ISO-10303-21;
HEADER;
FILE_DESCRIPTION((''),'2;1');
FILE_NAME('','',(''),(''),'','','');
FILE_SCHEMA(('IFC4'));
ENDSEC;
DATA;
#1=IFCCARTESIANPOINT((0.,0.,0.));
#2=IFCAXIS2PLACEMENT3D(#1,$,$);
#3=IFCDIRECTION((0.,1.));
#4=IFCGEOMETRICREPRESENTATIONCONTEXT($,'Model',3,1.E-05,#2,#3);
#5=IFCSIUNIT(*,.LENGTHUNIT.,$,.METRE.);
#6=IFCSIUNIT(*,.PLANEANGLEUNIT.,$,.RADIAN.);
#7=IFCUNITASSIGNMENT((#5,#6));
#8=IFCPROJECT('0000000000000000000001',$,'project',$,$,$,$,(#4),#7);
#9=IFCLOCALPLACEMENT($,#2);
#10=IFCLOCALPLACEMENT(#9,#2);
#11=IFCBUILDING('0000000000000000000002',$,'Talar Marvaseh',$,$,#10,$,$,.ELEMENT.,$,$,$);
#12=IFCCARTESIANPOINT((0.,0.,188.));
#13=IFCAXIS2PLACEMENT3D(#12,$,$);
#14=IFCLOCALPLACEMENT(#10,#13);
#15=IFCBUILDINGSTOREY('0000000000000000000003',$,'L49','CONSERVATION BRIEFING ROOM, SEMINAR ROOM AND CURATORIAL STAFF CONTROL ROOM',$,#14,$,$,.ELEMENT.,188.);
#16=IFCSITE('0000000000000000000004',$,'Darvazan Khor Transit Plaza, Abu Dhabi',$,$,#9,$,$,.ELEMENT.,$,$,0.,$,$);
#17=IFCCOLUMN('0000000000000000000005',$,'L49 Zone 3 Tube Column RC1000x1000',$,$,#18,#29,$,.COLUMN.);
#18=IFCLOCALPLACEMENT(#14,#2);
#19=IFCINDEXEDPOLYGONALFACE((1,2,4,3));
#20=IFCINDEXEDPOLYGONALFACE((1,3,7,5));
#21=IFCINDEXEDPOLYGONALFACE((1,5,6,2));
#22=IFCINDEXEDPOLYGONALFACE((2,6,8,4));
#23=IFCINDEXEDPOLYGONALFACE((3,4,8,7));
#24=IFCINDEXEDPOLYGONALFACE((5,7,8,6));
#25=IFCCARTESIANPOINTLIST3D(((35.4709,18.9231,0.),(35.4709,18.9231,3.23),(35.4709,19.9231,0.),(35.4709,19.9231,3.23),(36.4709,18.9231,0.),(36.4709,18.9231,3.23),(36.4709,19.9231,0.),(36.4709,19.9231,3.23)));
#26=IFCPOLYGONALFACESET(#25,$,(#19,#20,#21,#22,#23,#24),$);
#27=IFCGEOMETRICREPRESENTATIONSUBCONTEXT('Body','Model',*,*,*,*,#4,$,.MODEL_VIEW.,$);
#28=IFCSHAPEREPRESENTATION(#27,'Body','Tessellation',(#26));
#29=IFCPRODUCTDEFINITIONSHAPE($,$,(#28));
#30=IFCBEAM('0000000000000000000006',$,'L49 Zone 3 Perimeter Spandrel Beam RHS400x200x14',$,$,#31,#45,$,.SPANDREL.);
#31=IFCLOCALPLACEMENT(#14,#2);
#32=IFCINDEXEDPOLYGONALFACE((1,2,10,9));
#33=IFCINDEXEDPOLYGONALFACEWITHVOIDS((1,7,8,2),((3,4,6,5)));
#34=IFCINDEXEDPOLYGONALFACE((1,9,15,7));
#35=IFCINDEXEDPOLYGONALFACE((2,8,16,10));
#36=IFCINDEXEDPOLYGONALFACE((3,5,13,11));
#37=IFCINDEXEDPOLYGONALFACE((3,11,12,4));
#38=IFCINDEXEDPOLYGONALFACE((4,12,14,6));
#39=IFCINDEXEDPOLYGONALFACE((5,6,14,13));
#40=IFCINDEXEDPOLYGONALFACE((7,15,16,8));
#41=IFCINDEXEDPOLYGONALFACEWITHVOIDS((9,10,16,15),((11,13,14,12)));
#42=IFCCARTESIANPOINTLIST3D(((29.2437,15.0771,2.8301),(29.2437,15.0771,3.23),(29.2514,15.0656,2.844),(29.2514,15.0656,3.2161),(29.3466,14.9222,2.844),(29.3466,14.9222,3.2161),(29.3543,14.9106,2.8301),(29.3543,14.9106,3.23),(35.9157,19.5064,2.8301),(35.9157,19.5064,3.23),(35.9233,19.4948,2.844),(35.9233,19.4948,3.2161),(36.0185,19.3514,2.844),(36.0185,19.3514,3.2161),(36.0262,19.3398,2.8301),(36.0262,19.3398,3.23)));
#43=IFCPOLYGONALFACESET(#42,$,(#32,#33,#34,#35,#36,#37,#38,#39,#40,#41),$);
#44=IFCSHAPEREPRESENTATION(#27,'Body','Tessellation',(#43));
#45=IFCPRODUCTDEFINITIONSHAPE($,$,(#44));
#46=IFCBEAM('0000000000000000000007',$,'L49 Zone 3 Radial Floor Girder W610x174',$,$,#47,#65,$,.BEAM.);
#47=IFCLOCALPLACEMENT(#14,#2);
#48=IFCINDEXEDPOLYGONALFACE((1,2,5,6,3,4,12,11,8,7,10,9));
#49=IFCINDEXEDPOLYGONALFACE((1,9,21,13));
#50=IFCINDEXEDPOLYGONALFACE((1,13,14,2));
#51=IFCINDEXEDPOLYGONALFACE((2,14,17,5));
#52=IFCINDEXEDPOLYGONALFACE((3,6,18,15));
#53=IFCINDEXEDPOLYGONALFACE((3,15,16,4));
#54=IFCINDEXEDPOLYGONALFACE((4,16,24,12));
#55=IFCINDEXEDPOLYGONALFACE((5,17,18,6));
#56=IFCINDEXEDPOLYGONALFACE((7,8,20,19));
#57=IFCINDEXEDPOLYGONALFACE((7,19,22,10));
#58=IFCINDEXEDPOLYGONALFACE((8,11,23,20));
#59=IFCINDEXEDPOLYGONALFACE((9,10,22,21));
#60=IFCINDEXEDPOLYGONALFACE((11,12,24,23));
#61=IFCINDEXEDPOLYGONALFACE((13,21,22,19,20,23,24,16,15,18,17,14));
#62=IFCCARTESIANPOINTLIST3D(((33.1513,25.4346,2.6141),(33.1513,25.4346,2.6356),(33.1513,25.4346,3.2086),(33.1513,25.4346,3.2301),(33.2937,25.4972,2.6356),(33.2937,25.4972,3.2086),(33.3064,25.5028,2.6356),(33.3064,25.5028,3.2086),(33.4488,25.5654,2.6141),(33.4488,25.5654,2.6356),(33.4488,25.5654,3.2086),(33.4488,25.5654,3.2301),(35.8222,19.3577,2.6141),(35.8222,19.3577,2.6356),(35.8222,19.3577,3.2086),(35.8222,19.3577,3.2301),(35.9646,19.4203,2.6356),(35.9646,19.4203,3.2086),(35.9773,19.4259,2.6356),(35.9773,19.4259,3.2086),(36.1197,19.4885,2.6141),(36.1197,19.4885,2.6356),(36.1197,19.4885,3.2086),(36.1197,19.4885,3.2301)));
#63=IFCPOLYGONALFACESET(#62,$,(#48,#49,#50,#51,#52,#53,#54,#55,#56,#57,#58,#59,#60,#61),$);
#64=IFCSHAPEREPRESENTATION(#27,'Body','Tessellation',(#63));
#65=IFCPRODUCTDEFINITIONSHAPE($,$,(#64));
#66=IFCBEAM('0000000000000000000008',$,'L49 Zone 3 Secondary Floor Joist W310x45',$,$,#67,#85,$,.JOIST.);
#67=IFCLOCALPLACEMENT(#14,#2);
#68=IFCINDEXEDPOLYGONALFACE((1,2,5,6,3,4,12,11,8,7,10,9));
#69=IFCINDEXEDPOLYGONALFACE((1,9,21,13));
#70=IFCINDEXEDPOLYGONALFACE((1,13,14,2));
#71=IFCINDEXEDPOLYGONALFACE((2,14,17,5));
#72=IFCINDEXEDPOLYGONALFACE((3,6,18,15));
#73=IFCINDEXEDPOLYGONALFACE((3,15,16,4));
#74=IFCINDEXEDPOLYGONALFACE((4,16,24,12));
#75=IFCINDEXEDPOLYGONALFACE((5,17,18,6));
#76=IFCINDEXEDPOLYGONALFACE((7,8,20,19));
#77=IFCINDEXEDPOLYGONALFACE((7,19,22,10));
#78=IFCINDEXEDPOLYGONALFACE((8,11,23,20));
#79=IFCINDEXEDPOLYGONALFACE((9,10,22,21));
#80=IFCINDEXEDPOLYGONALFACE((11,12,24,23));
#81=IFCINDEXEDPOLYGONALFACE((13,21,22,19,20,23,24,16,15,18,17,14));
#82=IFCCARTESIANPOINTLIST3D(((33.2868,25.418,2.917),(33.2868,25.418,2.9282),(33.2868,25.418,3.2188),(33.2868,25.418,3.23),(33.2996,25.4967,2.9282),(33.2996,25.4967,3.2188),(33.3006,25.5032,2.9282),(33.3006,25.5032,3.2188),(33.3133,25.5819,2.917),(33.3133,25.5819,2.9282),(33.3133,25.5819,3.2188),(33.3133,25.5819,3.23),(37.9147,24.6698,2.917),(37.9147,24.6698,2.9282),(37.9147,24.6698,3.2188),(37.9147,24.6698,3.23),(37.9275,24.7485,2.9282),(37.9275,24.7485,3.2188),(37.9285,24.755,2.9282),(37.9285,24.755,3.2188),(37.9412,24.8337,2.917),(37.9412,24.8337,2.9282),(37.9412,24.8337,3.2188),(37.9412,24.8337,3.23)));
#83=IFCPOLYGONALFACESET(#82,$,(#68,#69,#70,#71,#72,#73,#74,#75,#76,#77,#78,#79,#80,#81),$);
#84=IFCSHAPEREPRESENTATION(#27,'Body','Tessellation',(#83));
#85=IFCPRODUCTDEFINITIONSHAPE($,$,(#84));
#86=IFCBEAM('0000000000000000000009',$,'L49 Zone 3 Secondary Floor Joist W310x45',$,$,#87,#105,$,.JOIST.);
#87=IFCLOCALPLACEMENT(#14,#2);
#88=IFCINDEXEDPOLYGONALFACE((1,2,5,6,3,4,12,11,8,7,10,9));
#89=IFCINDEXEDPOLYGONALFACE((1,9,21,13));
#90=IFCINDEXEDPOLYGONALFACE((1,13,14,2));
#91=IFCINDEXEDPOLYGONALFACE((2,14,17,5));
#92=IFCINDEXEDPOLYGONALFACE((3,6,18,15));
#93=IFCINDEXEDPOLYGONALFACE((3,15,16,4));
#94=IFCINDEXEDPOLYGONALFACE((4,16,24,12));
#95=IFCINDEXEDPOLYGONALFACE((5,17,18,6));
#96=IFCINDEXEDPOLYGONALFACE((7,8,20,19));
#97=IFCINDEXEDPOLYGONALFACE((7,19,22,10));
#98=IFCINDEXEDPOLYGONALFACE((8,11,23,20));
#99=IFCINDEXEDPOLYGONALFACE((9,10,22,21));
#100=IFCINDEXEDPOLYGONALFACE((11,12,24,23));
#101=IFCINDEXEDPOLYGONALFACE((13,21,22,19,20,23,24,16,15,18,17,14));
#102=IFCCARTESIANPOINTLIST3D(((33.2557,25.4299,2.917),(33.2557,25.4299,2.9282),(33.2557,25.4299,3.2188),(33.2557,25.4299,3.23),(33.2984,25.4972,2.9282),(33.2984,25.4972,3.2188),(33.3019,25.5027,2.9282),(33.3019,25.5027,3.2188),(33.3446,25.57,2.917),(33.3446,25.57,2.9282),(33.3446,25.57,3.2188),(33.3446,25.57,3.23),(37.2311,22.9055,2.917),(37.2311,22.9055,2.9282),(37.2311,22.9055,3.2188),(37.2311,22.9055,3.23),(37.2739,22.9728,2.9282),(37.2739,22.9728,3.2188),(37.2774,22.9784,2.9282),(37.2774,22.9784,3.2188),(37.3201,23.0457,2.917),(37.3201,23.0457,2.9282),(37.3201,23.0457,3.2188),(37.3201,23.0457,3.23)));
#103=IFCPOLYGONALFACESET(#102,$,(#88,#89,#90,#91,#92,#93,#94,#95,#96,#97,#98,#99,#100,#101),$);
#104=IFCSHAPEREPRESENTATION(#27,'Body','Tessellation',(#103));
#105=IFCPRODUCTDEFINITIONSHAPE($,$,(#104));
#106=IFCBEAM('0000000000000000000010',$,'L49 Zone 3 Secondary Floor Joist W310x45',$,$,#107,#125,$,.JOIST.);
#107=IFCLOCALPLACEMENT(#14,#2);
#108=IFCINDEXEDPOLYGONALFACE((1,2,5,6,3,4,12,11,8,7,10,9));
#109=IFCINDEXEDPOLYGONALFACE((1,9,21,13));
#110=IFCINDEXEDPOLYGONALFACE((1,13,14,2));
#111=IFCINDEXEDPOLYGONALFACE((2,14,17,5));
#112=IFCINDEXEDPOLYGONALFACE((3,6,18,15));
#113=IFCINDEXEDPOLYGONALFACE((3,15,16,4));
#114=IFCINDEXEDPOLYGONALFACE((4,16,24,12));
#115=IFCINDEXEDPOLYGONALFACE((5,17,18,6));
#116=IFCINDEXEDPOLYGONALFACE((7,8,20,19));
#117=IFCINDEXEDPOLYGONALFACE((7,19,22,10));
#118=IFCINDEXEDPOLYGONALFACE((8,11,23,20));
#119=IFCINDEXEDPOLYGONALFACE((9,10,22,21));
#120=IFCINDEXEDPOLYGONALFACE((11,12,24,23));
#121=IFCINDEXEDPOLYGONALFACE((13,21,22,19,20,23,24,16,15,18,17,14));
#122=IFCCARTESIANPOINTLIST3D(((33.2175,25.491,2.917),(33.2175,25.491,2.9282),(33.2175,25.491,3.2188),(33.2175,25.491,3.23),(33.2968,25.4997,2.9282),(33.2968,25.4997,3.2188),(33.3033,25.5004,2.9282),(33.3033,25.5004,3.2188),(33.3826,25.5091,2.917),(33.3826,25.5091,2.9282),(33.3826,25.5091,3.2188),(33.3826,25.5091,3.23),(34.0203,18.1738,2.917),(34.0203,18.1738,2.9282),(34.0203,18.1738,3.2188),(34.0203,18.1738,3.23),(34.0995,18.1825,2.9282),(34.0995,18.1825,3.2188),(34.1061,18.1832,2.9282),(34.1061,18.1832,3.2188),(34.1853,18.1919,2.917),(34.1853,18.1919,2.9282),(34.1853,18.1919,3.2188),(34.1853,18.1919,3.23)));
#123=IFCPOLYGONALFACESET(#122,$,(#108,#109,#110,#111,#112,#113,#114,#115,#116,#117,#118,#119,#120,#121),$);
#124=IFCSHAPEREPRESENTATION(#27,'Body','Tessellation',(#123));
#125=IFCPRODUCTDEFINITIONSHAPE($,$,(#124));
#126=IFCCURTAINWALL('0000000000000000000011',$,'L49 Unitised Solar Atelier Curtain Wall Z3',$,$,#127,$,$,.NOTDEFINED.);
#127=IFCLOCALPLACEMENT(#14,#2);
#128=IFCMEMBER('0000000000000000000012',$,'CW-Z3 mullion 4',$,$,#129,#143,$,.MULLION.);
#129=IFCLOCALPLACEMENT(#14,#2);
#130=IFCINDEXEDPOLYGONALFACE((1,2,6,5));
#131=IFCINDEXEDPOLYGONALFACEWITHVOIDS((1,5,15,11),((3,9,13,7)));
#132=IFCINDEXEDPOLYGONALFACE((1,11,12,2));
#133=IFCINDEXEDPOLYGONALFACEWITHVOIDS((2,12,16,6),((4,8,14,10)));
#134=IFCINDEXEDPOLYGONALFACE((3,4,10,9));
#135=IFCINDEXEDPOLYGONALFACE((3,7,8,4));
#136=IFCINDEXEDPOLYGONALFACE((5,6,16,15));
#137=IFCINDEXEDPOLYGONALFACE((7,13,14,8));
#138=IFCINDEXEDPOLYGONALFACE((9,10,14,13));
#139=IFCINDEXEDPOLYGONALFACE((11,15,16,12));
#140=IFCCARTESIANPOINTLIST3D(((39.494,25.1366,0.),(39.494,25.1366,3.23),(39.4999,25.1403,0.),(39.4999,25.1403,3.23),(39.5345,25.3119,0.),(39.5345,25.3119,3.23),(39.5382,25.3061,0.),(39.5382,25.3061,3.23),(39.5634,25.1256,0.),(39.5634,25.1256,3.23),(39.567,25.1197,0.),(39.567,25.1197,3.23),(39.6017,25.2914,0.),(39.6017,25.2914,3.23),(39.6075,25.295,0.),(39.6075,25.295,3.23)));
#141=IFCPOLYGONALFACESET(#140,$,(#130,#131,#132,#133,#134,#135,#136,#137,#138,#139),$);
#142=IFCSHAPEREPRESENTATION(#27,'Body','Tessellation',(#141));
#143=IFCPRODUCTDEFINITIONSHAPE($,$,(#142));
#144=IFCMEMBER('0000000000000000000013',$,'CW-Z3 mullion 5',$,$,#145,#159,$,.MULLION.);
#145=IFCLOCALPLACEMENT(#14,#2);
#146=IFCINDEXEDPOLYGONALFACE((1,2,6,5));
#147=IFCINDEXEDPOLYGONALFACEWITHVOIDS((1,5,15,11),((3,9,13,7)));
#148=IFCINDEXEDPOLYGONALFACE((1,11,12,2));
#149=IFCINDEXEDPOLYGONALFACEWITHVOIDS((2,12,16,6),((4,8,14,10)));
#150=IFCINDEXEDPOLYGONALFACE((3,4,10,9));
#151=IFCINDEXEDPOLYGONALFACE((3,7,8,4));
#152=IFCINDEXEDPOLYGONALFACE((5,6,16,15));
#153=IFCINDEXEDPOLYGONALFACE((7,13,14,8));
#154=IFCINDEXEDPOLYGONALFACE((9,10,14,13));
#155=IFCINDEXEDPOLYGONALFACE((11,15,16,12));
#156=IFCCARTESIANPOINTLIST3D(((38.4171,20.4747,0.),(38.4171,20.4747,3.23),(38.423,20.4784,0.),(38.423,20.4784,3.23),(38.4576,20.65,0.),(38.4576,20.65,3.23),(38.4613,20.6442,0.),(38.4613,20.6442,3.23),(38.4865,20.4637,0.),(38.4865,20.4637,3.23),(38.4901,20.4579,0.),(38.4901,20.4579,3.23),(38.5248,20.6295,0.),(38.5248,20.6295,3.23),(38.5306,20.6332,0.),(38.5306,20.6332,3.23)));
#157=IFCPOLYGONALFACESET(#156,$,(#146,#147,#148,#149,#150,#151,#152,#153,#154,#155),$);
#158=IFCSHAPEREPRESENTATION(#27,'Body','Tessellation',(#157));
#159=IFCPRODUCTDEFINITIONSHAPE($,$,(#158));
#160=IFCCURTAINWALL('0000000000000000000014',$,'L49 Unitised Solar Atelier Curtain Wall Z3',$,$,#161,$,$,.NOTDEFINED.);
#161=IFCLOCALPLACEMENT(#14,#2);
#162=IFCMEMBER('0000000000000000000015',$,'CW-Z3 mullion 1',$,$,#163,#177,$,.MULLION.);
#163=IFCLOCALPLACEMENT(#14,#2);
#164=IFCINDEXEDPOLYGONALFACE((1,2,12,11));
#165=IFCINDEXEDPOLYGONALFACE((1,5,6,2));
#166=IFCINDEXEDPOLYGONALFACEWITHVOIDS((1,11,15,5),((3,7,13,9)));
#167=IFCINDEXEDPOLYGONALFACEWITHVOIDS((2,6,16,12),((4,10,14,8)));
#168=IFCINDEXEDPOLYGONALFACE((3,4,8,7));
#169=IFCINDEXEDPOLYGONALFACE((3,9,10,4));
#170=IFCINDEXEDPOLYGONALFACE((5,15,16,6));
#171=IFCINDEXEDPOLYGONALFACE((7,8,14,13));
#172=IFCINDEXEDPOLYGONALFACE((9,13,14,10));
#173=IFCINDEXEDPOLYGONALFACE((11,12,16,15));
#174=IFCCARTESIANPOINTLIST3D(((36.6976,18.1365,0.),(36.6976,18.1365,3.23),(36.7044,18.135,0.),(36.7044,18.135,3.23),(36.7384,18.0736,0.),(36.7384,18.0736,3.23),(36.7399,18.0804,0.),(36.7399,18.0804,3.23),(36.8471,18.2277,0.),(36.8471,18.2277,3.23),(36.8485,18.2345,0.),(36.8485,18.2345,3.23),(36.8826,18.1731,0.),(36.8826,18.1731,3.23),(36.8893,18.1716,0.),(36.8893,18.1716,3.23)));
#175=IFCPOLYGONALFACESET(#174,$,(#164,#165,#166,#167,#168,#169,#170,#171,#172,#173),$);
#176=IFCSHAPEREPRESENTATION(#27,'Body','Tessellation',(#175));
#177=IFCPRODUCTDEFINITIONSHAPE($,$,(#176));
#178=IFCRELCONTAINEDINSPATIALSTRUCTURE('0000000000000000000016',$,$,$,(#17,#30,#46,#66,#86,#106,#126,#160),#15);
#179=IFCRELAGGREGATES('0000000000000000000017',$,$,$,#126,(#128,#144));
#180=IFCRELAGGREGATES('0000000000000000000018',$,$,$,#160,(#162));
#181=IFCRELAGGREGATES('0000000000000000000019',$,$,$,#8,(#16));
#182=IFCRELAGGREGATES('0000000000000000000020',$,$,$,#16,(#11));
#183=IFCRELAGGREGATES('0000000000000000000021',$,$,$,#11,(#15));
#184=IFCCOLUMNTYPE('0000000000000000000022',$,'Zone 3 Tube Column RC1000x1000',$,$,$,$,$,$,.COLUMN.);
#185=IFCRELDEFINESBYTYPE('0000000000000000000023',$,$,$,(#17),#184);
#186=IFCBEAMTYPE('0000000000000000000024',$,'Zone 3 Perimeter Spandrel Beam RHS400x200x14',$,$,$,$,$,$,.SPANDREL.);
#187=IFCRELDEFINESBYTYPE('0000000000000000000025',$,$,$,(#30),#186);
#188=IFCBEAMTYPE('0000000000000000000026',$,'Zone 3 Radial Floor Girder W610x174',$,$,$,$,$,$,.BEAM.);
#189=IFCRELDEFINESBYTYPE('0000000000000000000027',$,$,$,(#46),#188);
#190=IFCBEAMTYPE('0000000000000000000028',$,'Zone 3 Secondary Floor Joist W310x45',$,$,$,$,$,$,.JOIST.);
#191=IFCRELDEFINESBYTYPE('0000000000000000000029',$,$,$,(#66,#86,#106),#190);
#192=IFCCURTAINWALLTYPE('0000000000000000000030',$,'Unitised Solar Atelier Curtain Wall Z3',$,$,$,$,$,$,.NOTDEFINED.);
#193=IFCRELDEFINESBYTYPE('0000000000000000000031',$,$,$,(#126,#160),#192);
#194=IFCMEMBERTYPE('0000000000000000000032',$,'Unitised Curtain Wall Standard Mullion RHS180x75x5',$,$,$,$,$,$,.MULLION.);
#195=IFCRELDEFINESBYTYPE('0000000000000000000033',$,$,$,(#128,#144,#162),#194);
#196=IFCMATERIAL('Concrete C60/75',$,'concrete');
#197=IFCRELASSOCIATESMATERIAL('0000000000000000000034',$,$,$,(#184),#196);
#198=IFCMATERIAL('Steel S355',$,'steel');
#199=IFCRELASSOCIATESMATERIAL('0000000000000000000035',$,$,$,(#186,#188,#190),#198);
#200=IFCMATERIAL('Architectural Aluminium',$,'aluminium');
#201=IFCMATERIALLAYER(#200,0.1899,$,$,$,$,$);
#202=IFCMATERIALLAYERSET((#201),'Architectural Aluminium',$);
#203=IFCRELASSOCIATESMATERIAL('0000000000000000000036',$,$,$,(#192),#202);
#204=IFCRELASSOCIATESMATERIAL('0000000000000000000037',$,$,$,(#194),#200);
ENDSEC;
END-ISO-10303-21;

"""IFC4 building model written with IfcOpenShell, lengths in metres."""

from ifc_helpers import new_model, si_unit, direction, frame, origin, origin_2d, place, context, subcontext, project, spatial, rectangle, hollow_rectangle, i_section, extrude, source, transform, mapped, material, layer, layer_set, material_profile, profile_set, type_object, type_shapes, element, aggregate, save


model = new_model("IFC4")

# Units and contexts
model_context = context("Model", 3, precision=1e-05, world=origin(), true_north=direction((0.0, 1.0)))
body_context = subcontext(model_context, "Body", "Model", "MODEL_VIEW")
ifc_project = project(units=[si_unit("LENGTHUNIT", "METRE"), si_unit("PLANEANGLEUNIT", "RADIAN")], contexts=[model_context])

# Site, building, storey
site_placement = place(None, origin())
site = spatial("IfcSite", under=ifc_project, at=site_placement, Name="Darvazan Khor Transit Plaza, Abu Dhabi", CompositionType="ELEMENT", RefElevation=0.0)
building_placement = place(site_placement, origin())
building = spatial("IfcBuilding", under=site, at=building_placement, Name="Talar Marvaseh", CompositionType="ELEMENT")
storey_placement = place(building_placement, frame((0.0, 0.0, 188.0)))
storey = spatial("IfcBuildingStorey", under=building, at=storey_placement, Name="L49", Description="CONSERVATION BRIEFING ROOM, SEMINAR ROOM AND CURATORIAL STAFF CONTROL ROOM", CompositionType="ELEMENT", Elevation=188.0)

# Column
ifc_material_1 = material(Name="Concrete C60/75", Category="concrete")
ifc_material_profile_1 = material_profile(ifc_material_1, rectangle(XDim=1.0, YDim=1.0, at=origin_2d()), Name="RC1000x1000")
ifc_profile_set_1 = profile_set([ifc_material_profile_1], Name="Concrete C60/75")
column_type = type_object("IfcColumnType", Name="Zone 3 Tube Column RC1000x1000", PredefinedType="COLUMN", material=ifc_profile_set_1)
column_placement = place(storey_placement, frame((35.9709, 19.4231, 0.0), z_axis=(0.0, 0.0, 1.0), x_axis=(1.0, 0.0, 0.0)))
element("IfcColumn", 1, at=column_placement, inside=storey, type_object=column_type, Name="L49 Zone 3 Tube Column RC1000x1000", PredefinedType="COLUMN", context=body_context, shape_type="SweptSolid", body=[
    extrude(rectangle(XDim=1.0, YDim=1.0, at=origin_2d()), origin(), (0.0, 0.0, 1.0), 3.23),
])

# Beams
ifc_material_2 = material(Name="Steel S355", Category="steel")
ifc_material_profile_2 = material_profile(ifc_material_2, hollow_rectangle(XDim=0.2, YDim=0.3999, WallThickness=0.0139, at=origin_2d()), Name="RHS400x200x14")
ifc_profile_set_2 = profile_set([ifc_material_profile_2], Name="Steel S355")
beam_type_1 = type_object("IfcBeamType", Name="Zone 3 Perimeter Spandrel Beam RHS400x200x14", PredefinedType="SPANDREL", material=ifc_profile_set_2)
beam_1_placement = place(storey_placement, frame((35.9709, 19.4231, 3.03), z_axis=(-0.833127, -0.553081, 0.0), x_axis=(0.553081, -0.833127, 0.0)))
element("IfcBeam", 2, at=beam_1_placement, inside=storey, type_object=beam_type_1, Name="L49 Zone 3 Perimeter Spandrel Beam RHS400x200x14", PredefinedType="SPANDREL", context=body_context, shape_type="SweptSolid", body=[
    extrude(hollow_rectangle(XDim=0.2, YDim=0.3999, WallThickness=0.0139, at=origin_2d()), origin(), (0.0, 0.0, 1.0), 8.0083),
])
ifc_material_profile_3 = material_profile(ifc_material_2, i_section(OverallWidth=0.325, OverallDepth=0.616, WebThickness=0.0139, FlangeThickness=0.0215, at=origin_2d()), Name="W610x174")
ifc_profile_set_3 = profile_set([ifc_material_profile_3], Name="Steel S355")
beam_type_2 = type_object("IfcBeamType", Name="Zone 3 Radial Floor Girder W610x174", PredefinedType="BEAM", material=ifc_profile_set_3)
beam_2_placement = place(storey_placement, frame((35.9709, 19.4231, 2.9221), z_axis=(-0.402368, 0.915478, 0.0), x_axis=(-0.915478, -0.402368, 0.0)))
element("IfcBeam", 3, at=beam_2_placement, inside=storey, type_object=beam_type_2, Name="L49 Zone 3 Radial Floor Girder W610x174", PredefinedType="BEAM", context=body_context, shape_type="SweptSolid", body=[
    extrude(i_section(OverallWidth=0.325, OverallDepth=0.616, WebThickness=0.0139, FlangeThickness=0.0215, at=origin_2d()), origin(), (0.0, 0.0, 1.0), 6.6379),
])
ifc_material_profile_4 = material_profile(ifc_material_2, i_section(OverallWidth=0.166, OverallDepth=0.313, WebThickness=0.0066, FlangeThickness=0.0112, at=origin_2d()), Name="W310x45")
ifc_profile_set_4 = profile_set([ifc_material_profile_4], Name="Steel S355")
beam_type_3 = type_object("IfcBeamType", Name="Zone 3 Secondary Floor Joist W310x45", PredefinedType="JOIST", material=ifc_profile_set_4)
beam_3_placement = place(storey_placement, frame((37.928, 24.7517, 3.0735), z_axis=(-0.987179, 0.159617, 0.0), x_axis=(-0.159617, -0.987179, 0.0)))
element("IfcBeam", 4, at=beam_3_placement, inside=storey, type_object=beam_type_3, Name="L49 Zone 3 Secondary Floor Joist W310x45", PredefinedType="JOIST", context=body_context, shape_type="SweptSolid", body=[
    extrude(i_section(OverallWidth=0.166, OverallDepth=0.313, WebThickness=0.0066, FlangeThickness=0.0112, at=origin_2d()), origin(), (0.0, 0.0, 1.0), 4.688),
])
beam_4_placement = place(storey_placement, frame((37.2756, 22.9756, 3.0735), z_axis=(-0.84419, 0.536043, 0.0), x_axis=(-0.536043, -0.84419, 0.0)))
element("IfcBeam", 5, at=beam_4_placement, inside=storey, type_object=beam_type_3, Name="L49 Zone 3 Secondary Floor Joist W310x45", PredefinedType="JOIST", context=body_context, shape_type="SweptSolid", body=[
    extrude(i_section(OverallWidth=0.166, OverallDepth=0.313, WebThickness=0.0066, FlangeThickness=0.0112, at=origin_2d()), origin(), (0.0, 0.0, 1.0), 4.7092),
])
beam_5_placement = place(storey_placement, frame((34.1028, 18.1829, 3.0735), z_axis=(-0.109052, 0.994036, 0.0), x_axis=(-0.994036, -0.109052, 0.0)))
element("IfcBeam", 6, at=beam_5_placement, inside=storey, type_object=beam_type_3, Name="L49 Zone 3 Secondary Floor Joist W310x45", PredefinedType="JOIST", context=body_context, shape_type="SweptSolid", body=[
    extrude(i_section(OverallWidth=0.166, OverallDepth=0.313, WebThickness=0.0066, FlangeThickness=0.0112, at=origin_2d()), origin(), (0.0, 0.0, 1.0), 7.3611),
])

# Curtain wall, members
ifc_material_3 = material(Name="Architectural Aluminium", Category="aluminium")
ifc_layer_1 = layer(ifc_material_3, 0.1899)
ifc_layer_set_1 = layer_set([ifc_layer_1], Name="Architectural Aluminium")
curtain_wall_type = type_object("IfcCurtainWallType", Name="Unitised Solar Atelier Curtain Wall Z3", PredefinedType="NOTDEFINED", material=ifc_layer_set_1)
curtain_wall_1_placement = place(storey_placement, origin())
curtain_wall_1 = element("IfcCurtainWall", 7, at=curtain_wall_1_placement, inside=storey, type_object=curtain_wall_type, Name="L49 Unitised Solar Atelier Curtain Wall Z3", PredefinedType="NOTDEFINED")
ifc_material_profile_5 = material_profile(ifc_material_3, hollow_rectangle(XDim=0.075, YDim=0.1799, WallThickness=0.0049, at=origin_2d()), Name="RHS180x75x5")
ifc_profile_set_5 = profile_set([ifc_material_profile_5], Name="Architectural Aluminium")
member_type_1 = type_object("IfcMemberType", Name="Unitised Curtain Wall Standard Mullion RHS180x75x5", PredefinedType="MULLION", material=ifc_profile_set_5)
shared_shape_1 = source(origin(), body_context, "Body", "SweptSolid", [
    extrude(hollow_rectangle(XDim=0.075, YDim=0.1799, WallThickness=0.0049, at=origin_2d()), origin(), (0.0, 0.0, 1.0), 3.23),
])
type_shapes(member_type_1, [shared_shape_1])
member_1_placement = place(storey_placement, frame((39.5508, 25.2158, 0.0), z_axis=(0.0, 0.0, 1.0), x_axis=(0.974335, -0.225102, 0.0)))
member_1 = element("IfcMember", 8, at=member_1_placement, type_object=member_type_1, Name="CW-Z3 mullion 4", PredefinedType="MULLION", context=body_context, shape_type="MappedRepresentation", body=[
    mapped(shared_shape_1, transform((0.0, 0.0, 0.0), x_axis=(1.0, 0.0, 0.0), y_axis=(0.0, 1.0, 0.0), z_axis=(0.0, 0.0, 1.0), scale=1.0)),
])
member_2_placement = place(storey_placement, frame((38.4739, 20.554, 0.0), z_axis=(0.0, 0.0, 1.0), x_axis=(0.974335, -0.225102, 0.0)))
member_2 = element("IfcMember", 9, at=member_2_placement, type_object=member_type_1, Name="CW-Z3 mullion 5", PredefinedType="MULLION", context=body_context, shape_type="MappedRepresentation", body=[
    mapped(shared_shape_1, transform((0.0, 0.0, 0.0), x_axis=(1.0, 0.0, 0.0), y_axis=(0.0, 1.0, 0.0), z_axis=(0.0, 0.0, 1.0), scale=1.0)),
])

# Curtain wall, member
curtain_wall_2_placement = place(storey_placement, origin())
curtain_wall_2 = element("IfcCurtainWall", 10, at=curtain_wall_2_placement, inside=storey, type_object=curtain_wall_type, Name="L49 Unitised Solar Atelier Curtain Wall Z3", PredefinedType="NOTDEFINED")
member_3_placement = place(storey_placement, frame((36.7935, 18.1541, 0.0), z_axis=(0.0, 0.0, 1.0), x_axis=(0.544771, -0.838585, 0.0)))
member_3 = element("IfcMember", 11, at=member_3_placement, type_object=member_type_1, Name="CW-Z3 mullion 1", PredefinedType="MULLION", context=body_context, shape_type="MappedRepresentation", body=[
    mapped(shared_shape_1, transform((0.0, 0.0, 0.0), x_axis=(1.0, 0.0, 0.0), y_axis=(0.0, 1.0, 0.0), z_axis=(0.0, 0.0, 1.0), scale=1.0)),
])

aggregate(curtain_wall_1, [member_1, member_2])
aggregate(curtain_wall_2, [member_3])

save(model, "model.ifc")
